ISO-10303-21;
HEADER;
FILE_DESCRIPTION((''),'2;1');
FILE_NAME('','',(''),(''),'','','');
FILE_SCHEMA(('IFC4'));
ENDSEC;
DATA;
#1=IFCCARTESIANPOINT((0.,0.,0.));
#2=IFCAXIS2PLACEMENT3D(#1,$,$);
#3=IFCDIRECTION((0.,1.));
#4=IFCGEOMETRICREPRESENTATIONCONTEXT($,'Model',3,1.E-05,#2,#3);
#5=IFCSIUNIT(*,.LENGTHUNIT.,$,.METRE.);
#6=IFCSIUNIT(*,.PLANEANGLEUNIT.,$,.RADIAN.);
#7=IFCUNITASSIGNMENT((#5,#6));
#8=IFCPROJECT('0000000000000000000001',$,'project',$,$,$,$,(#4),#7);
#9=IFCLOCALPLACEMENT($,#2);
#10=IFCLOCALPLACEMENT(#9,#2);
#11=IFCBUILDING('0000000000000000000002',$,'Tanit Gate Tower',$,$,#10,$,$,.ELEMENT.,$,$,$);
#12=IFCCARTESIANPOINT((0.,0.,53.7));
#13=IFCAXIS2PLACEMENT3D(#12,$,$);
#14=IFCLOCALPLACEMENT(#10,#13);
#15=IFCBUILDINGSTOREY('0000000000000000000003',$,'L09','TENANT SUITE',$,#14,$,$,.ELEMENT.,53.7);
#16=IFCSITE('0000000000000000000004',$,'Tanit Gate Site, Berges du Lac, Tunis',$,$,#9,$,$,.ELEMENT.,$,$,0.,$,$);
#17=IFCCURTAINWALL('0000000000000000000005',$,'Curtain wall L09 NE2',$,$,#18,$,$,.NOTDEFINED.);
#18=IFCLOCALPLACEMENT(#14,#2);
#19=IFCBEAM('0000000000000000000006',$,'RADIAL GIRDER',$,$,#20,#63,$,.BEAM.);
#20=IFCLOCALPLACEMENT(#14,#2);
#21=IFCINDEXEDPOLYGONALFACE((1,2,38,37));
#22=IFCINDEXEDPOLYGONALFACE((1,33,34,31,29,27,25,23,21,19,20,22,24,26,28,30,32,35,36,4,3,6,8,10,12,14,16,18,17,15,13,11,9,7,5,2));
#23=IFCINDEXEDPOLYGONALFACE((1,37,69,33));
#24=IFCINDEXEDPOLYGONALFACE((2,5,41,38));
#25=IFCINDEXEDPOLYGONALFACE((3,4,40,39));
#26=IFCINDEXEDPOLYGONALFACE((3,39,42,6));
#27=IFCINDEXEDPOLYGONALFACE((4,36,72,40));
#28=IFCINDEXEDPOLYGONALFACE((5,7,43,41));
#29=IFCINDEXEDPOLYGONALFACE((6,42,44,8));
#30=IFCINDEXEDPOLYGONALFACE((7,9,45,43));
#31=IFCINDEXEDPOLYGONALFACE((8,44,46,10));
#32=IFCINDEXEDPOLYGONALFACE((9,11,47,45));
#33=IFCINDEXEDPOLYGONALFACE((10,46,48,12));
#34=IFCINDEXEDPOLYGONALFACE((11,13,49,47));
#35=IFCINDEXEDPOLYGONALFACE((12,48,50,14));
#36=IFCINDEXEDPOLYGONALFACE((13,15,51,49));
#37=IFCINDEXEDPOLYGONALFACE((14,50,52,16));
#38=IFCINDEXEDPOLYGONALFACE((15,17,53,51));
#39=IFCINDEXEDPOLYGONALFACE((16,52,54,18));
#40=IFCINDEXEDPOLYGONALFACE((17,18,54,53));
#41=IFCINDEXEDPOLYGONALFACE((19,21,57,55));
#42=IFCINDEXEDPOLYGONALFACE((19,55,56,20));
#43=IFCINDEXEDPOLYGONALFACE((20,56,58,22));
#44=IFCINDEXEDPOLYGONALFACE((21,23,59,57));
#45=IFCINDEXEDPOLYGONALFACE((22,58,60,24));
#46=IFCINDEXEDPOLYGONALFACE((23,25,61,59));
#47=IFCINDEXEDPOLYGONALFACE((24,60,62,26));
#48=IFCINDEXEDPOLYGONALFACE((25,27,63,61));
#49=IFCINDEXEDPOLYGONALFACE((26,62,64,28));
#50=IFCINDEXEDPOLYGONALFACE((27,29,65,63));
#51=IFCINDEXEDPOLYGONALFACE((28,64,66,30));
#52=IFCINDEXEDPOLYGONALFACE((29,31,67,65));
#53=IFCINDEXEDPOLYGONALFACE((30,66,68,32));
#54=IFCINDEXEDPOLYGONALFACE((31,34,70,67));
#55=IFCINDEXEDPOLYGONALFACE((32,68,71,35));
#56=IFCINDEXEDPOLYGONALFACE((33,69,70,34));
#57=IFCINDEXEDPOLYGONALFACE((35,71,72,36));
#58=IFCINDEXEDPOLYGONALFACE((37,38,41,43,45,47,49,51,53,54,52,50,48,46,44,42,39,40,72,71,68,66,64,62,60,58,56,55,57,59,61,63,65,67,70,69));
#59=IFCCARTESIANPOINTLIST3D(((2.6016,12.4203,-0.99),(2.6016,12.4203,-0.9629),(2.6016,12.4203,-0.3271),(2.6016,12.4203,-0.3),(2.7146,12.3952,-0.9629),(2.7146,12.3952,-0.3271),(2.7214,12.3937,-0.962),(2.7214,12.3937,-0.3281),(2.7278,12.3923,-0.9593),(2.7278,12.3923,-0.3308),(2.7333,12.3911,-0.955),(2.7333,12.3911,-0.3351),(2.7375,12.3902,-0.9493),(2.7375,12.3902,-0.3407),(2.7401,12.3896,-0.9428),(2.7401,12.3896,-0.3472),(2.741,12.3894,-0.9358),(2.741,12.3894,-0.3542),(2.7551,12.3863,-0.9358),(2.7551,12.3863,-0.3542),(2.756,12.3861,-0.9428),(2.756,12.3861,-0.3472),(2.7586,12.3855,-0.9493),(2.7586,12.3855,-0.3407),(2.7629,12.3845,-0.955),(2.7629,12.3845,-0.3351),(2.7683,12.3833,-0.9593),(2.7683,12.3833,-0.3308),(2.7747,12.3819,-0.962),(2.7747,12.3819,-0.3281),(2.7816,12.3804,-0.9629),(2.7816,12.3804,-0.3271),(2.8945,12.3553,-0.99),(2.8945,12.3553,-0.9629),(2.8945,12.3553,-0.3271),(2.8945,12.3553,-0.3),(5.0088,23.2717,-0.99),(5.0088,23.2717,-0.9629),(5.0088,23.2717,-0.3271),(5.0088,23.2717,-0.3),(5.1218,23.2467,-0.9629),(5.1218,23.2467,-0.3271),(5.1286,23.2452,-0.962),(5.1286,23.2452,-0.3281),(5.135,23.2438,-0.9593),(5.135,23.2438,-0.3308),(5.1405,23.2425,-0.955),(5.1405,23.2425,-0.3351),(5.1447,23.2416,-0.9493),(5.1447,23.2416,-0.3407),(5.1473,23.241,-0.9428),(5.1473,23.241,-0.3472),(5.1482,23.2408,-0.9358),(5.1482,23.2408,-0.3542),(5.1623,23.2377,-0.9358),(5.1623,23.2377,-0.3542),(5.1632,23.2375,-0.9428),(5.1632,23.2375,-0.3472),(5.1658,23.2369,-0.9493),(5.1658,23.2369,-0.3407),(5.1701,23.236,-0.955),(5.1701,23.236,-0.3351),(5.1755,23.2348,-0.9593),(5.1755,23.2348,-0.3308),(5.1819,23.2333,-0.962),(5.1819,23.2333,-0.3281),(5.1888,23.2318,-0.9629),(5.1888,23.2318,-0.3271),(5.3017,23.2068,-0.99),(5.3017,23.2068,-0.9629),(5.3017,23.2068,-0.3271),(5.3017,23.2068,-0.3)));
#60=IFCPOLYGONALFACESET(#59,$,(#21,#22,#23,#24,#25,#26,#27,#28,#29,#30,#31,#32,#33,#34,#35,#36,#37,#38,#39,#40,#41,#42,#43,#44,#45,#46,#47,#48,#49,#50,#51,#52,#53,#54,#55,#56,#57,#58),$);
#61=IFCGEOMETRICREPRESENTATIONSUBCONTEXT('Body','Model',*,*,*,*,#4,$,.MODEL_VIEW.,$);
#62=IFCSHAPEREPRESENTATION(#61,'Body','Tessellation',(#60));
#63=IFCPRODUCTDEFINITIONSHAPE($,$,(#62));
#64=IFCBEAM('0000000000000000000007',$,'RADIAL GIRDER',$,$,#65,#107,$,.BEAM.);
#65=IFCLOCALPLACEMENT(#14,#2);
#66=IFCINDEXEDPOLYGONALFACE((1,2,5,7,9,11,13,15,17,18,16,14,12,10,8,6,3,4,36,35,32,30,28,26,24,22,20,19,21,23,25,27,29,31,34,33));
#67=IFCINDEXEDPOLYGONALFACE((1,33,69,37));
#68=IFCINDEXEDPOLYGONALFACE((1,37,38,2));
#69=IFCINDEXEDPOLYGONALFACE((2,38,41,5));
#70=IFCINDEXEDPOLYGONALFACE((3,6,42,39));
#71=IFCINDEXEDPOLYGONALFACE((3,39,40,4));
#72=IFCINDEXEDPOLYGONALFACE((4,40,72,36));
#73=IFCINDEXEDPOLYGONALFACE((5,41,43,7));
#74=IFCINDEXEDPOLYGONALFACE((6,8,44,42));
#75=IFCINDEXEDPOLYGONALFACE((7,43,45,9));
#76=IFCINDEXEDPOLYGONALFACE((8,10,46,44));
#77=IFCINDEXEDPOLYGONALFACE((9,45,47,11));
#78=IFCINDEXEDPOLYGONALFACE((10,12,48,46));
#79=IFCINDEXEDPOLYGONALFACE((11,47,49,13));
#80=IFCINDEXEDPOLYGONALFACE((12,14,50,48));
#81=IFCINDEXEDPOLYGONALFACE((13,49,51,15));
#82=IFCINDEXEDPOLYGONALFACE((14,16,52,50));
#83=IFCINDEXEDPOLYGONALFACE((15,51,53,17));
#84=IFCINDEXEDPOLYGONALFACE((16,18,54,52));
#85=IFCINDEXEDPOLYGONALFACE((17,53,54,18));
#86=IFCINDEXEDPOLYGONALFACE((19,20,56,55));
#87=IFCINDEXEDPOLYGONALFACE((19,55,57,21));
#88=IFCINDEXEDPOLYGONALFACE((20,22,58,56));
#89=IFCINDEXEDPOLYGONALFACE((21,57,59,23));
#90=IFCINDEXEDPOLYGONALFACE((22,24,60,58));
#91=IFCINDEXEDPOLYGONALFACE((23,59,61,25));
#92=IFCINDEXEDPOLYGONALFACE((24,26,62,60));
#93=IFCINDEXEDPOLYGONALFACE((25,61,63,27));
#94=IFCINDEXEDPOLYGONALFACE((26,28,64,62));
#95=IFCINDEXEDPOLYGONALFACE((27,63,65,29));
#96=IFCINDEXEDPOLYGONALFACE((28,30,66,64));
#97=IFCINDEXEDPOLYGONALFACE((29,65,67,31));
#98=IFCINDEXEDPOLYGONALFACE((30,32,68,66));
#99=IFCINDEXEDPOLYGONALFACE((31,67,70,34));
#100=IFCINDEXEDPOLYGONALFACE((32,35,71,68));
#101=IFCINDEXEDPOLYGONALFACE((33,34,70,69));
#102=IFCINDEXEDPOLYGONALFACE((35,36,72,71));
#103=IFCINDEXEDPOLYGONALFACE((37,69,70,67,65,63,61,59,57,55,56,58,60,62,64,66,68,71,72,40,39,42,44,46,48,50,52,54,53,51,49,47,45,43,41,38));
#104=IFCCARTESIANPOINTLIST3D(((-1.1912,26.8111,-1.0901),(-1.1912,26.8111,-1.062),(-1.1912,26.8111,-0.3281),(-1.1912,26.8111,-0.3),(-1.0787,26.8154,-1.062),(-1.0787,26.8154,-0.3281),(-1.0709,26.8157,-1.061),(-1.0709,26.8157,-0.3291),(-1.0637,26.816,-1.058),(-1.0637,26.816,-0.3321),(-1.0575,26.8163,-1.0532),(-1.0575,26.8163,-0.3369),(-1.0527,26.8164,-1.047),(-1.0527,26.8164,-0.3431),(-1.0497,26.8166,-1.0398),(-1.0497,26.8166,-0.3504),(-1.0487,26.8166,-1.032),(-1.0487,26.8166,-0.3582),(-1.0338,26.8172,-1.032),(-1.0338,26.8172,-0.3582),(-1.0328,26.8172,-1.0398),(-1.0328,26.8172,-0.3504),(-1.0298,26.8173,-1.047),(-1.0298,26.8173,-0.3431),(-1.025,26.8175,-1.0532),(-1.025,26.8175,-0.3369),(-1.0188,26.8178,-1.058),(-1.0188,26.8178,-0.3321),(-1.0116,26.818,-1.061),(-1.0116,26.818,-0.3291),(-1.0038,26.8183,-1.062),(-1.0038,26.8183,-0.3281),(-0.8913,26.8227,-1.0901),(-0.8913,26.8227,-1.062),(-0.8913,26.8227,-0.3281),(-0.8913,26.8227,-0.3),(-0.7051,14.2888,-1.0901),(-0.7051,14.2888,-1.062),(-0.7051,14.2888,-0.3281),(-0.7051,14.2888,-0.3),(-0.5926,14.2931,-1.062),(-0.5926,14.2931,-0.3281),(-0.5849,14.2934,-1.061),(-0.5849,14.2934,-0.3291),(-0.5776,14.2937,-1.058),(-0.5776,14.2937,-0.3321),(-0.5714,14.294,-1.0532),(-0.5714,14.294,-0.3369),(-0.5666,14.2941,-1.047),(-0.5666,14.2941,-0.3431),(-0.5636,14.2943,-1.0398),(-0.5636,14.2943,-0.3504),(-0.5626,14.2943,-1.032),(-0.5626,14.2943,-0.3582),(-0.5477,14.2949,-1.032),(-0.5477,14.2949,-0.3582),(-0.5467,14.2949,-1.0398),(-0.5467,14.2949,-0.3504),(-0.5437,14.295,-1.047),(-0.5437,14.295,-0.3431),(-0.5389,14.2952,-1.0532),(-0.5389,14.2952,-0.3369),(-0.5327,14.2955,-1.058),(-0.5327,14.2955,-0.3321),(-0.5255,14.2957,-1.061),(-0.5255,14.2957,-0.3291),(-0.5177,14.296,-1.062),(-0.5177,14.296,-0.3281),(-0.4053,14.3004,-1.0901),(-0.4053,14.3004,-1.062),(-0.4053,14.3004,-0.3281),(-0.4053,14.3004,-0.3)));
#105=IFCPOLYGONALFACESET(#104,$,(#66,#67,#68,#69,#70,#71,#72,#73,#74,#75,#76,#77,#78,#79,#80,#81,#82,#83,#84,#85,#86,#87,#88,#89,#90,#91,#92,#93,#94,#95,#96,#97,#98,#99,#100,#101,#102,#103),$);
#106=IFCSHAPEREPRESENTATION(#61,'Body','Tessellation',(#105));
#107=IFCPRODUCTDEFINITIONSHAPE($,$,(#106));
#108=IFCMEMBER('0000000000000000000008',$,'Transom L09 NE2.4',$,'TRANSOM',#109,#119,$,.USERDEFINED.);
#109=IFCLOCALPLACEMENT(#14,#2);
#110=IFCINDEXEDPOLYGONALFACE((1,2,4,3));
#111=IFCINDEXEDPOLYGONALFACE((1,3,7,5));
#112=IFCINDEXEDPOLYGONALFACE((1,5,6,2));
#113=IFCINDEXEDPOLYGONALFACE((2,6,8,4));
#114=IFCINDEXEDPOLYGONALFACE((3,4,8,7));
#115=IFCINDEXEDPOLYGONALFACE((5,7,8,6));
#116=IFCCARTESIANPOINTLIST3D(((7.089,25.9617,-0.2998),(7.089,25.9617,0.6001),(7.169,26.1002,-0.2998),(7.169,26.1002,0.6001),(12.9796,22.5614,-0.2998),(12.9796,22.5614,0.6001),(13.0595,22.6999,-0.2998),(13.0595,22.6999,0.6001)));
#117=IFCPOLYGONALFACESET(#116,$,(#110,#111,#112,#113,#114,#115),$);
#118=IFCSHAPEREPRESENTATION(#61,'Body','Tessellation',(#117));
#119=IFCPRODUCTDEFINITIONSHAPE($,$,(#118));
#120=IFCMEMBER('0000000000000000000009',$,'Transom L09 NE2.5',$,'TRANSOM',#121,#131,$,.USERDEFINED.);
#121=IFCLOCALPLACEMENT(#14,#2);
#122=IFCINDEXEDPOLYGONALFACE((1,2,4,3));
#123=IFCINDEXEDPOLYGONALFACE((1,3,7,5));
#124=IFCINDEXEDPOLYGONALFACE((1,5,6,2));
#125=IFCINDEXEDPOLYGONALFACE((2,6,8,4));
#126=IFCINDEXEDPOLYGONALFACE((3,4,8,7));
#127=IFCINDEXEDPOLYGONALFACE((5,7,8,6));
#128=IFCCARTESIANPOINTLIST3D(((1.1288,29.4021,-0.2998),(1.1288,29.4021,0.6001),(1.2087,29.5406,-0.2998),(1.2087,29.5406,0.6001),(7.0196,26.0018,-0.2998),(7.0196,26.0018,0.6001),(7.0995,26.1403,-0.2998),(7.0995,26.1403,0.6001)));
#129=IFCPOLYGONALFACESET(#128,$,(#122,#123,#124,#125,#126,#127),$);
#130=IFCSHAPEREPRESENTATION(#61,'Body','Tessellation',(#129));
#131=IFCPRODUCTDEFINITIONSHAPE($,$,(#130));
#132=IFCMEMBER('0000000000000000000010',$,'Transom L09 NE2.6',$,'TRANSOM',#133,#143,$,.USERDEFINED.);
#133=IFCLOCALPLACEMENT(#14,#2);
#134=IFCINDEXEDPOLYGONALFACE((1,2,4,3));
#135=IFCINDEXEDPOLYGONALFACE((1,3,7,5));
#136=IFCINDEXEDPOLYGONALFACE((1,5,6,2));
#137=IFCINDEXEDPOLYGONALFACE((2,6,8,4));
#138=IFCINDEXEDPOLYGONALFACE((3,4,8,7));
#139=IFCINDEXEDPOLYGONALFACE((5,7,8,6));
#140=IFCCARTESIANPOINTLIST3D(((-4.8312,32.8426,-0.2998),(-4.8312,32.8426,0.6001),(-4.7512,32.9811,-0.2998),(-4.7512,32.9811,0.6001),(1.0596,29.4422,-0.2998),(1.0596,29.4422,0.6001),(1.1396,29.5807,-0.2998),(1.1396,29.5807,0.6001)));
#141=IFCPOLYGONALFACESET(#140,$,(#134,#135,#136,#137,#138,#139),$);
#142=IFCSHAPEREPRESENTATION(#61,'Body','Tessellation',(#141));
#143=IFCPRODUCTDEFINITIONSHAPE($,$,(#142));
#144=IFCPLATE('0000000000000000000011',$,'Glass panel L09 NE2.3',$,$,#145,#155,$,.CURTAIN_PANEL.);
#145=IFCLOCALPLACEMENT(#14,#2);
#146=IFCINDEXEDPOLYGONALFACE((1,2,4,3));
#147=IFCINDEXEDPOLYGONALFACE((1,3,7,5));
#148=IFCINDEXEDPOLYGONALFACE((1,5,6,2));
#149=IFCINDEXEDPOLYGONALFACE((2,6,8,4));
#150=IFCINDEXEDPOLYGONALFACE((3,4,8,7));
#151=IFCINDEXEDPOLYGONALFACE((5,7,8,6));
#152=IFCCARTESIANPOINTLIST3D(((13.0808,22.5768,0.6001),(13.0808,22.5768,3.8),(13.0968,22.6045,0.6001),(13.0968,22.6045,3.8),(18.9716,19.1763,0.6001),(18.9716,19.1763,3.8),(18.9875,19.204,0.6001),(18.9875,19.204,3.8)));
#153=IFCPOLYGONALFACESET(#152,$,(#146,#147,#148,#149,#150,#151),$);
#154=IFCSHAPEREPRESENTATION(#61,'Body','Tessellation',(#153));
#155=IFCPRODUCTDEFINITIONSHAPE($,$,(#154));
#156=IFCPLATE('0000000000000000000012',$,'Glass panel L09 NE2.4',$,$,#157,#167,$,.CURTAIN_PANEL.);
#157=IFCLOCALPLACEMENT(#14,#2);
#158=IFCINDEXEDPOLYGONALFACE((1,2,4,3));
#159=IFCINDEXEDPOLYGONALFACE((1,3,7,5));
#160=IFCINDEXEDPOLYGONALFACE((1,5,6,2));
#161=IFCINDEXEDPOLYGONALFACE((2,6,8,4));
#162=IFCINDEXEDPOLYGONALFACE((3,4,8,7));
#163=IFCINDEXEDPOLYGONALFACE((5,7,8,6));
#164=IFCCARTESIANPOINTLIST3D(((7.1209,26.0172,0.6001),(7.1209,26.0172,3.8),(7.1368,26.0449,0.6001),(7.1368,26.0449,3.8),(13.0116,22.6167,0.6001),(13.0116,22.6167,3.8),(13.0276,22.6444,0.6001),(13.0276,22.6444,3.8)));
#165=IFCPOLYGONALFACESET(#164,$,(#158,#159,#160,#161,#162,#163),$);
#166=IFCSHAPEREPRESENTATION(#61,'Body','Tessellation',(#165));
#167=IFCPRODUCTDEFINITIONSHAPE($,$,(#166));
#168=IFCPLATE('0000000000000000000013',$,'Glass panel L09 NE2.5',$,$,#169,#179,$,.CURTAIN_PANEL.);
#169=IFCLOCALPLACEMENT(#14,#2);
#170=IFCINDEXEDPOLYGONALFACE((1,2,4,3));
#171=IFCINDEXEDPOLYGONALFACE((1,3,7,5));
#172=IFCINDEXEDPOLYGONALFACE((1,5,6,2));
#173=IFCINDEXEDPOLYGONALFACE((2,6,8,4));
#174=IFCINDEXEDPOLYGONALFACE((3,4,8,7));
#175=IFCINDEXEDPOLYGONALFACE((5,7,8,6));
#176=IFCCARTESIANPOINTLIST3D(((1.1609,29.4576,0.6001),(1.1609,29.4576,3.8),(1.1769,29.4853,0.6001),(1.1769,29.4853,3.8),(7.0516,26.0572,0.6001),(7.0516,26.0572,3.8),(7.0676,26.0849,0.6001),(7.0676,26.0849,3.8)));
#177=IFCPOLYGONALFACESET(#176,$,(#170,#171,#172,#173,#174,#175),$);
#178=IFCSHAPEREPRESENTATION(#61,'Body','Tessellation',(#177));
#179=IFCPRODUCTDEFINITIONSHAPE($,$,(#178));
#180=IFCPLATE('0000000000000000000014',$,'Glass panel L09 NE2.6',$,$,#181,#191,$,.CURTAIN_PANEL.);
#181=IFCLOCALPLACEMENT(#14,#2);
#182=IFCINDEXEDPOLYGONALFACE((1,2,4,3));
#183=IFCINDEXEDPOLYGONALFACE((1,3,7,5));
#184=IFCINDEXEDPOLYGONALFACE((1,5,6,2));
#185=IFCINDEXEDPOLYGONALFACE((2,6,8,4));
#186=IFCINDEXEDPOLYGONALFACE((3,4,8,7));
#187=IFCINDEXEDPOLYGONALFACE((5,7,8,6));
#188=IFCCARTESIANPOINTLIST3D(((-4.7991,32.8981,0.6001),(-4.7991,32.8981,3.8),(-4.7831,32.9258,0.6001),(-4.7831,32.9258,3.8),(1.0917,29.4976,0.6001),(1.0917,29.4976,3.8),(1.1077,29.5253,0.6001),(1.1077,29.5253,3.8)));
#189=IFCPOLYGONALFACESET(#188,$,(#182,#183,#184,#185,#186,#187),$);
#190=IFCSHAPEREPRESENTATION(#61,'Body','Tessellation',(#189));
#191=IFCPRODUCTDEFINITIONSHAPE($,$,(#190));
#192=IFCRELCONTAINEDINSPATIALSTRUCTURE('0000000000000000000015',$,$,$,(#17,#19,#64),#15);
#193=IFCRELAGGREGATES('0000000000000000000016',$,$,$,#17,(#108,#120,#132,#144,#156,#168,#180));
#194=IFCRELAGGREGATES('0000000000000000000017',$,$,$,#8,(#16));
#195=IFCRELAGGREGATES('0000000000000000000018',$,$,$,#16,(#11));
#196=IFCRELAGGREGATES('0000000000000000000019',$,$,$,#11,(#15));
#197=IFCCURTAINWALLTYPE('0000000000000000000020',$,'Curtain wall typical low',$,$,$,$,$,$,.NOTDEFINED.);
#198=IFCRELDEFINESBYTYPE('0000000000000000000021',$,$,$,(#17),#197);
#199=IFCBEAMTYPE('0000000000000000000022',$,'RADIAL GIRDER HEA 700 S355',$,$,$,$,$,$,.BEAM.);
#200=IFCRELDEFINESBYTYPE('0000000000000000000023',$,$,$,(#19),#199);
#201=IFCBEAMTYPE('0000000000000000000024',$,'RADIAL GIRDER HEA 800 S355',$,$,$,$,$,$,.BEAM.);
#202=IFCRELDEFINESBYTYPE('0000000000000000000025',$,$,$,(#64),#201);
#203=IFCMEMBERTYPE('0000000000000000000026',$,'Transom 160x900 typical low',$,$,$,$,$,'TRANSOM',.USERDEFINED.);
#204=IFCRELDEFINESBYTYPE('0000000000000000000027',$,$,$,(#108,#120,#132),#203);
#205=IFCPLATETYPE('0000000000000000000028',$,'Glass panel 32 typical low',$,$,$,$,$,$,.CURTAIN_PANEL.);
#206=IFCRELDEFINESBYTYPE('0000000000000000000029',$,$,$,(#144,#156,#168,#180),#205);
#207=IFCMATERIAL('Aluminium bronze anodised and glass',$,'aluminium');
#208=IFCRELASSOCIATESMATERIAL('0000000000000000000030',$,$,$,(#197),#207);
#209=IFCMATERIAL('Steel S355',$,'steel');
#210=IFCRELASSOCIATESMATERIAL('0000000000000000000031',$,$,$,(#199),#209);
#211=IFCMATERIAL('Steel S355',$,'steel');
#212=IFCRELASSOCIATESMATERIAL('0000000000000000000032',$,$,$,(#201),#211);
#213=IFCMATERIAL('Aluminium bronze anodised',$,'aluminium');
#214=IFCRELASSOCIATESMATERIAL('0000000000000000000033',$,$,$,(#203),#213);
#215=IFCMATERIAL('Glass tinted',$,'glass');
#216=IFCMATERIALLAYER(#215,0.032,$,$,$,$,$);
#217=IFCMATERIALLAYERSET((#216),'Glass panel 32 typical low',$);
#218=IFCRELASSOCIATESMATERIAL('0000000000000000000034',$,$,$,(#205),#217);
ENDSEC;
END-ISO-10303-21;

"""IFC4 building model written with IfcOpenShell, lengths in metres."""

from ifc_helpers import new_model, si_unit, direction, frame, origin, origin_2d, place, context, subcontext, project, spatial, rectangle, i_section, extrude, material, layer, layer_set, material_profile, profile_set, type_object, element, aggregate, save


model = new_model("IFC4")

# Units and contexts
model_context = context("Model", 3, precision=1e-05, world=origin(), true_north=direction((0.0, 1.0)))
body_context = subcontext(model_context, "Body", "Model", "MODEL_VIEW")
ifc_project = project(units=[si_unit("LENGTHUNIT", "METRE"), si_unit("PLANEANGLEUNIT", "RADIAN")], contexts=[model_context])

# Site, building, storey
site_placement = place(None, origin())
site = spatial("IfcSite", under=ifc_project, at=site_placement, Name="Tanit Gate Site, Berges du Lac, Tunis", CompositionType="ELEMENT", RefElevation=0.0)
building_placement = place(site_placement, origin())
building = spatial("IfcBuilding", under=site, at=building_placement, Name="Tanit Gate Tower", CompositionType="ELEMENT")
storey_placement = place(building_placement, frame((0.0, 0.0, 53.7)))
storey = spatial("IfcBuildingStorey", under=building, at=storey_placement, Name="L09", Description="TENANT SUITE", CompositionType="ELEMENT", Elevation=53.7)

# Curtain wall
ifc_material_1 = material(Name="Aluminium bronze anodised and glass", Category="aluminium")
curtain_wall_type = type_object("IfcCurtainWallType", Name="Curtain wall typical low", PredefinedType="NOTDEFINED", material=ifc_material_1)
curtain_wall_placement = place(storey_placement, origin())
curtain_wall = element("IfcCurtainWall", 1, at=curtain_wall_placement, inside=storey, type_object=curtain_wall_type, Name="Curtain wall L09 NE2", PredefinedType="NOTDEFINED")

# Beams
ifc_material_2 = material(Name="Steel S355", Category="steel")
ifc_material_profile_1 = material_profile(ifc_material_2, i_section(OverallWidth=0.3, OverallDepth=0.6899, WebThickness=0.0144, FlangeThickness=0.0271, FilletRadius=0.0271, at=origin_2d()), Name="HEA 700")
ifc_profile_set_1 = profile_set([ifc_material_profile_1], Name="Steel S355")
beam_type_1 = type_object("IfcBeamType", Name="RADIAL GIRDER HEA 700 S355", PredefinedType="BEAM", material=ifc_profile_set_1)
beam_1_placement = place(storey_placement, frame((5.1553, 23.2393, -0.645), z_axis=(-0.216568, -0.976268, 0.0), x_axis=(0.976268, -0.216568, 0.0)))
element("IfcBeam", 2, at=beam_1_placement, inside=storey, type_object=beam_type_1, Name="RADIAL GIRDER", PredefinedType="BEAM", context=body_context, shape_type="SweptSolid", body=[
    extrude(i_section(OverallWidth=0.3, OverallDepth=0.6899, WebThickness=0.0144, FlangeThickness=0.0271, FilletRadius=0.0271, at=origin_2d()), origin(), (0.0, 0.0, 1.0), 11.1152),
])
ifc_material_3 = material(Name="Steel S355", Category="steel")
ifc_material_profile_2 = material_profile(ifc_material_3, i_section(OverallWidth=0.3, OverallDepth=0.79, WebThickness=0.0149, FlangeThickness=0.0281, FilletRadius=0.03, at=origin_2d()), Name="HEA 800")
ifc_profile_set_2 = profile_set([ifc_material_profile_2], Name="Steel S355")
beam_type_2 = type_object("IfcBeamType", Name="RADIAL GIRDER HEA 800 S355", PredefinedType="BEAM", material=ifc_profile_set_2)
beam_2_placement = place(storey_placement, frame((-1.0413, 26.8169, -0.6951), z_axis=(0.038789, -0.999247, 0.0), x_axis=(0.999247, 0.038789, 0.0)))
element("IfcBeam", 3, at=beam_2_placement, inside=storey, type_object=beam_type_2, Name="RADIAL GIRDER", PredefinedType="BEAM", context=body_context, shape_type="SweptSolid", body=[
    extrude(i_section(OverallWidth=0.3, OverallDepth=0.79, WebThickness=0.0149, FlangeThickness=0.0281, FilletRadius=0.03, at=origin_2d()), origin(), (0.0, 0.0, 1.0), 12.5317),
])

# Members
ifc_material_4 = material(Name="Aluminium bronze anodised", Category="aluminium")
ifc_material_profile_3 = material_profile(ifc_material_4, rectangle(XDim=0.1599, YDim=0.8999, at=origin_2d()), Name="160x900 bronze transom")
ifc_profile_set_3 = profile_set([ifc_material_profile_3], Name="Aluminium bronze anodised")
member_type_1 = type_object("IfcMemberType", Name="Transom 160x900 typical low", ElementType="TRANSOM", PredefinedType="USERDEFINED", material=ifc_profile_set_3)
member_1_placement = place(storey_placement, frame((13.0195, 22.6306, 0.1501), z_axis=(-0.866061, 0.499938, 0.0), x_axis=(-0.499938, -0.866061, 0.0)))
member_1 = element("IfcMember", 4, at=member_1_placement, type_object=member_type_1, Name="Transom L09 NE2.4", ObjectType="TRANSOM", PredefinedType="USERDEFINED", context=body_context, shape_type="SweptSolid", body=[
    extrude(rectangle(XDim=0.1599, YDim=0.8999, at=origin_2d()), origin(), (0.0, 0.0, 1.0), 6.8015),
])
member_2_placement = place(storey_placement, frame((7.0596, 26.071, 0.1501), z_axis=(-0.86607, 0.499922, 0.0), x_axis=(-0.499922, -0.86607, 0.0)))
member_2 = element("IfcMember", 5, at=member_2_placement, type_object=member_type_1, Name="Transom L09 NE2.5", ObjectType="TRANSOM", PredefinedType="USERDEFINED", context=body_context, shape_type="SweptSolid", body=[
    extrude(rectangle(XDim=0.1599, YDim=0.8999, at=origin_2d()), origin(), (0.0, 0.0, 1.0), 6.8018),
])
member_3_placement = place(storey_placement, frame((1.0996, 29.5115, 0.1501), z_axis=(-0.86607, 0.499922, 0.0), x_axis=(-0.499922, -0.86607, 0.0)))
member_3 = element("IfcMember", 6, at=member_3_placement, type_object=member_type_1, Name="Transom L09 NE2.6", ObjectType="TRANSOM", PredefinedType="USERDEFINED", context=body_context, shape_type="SweptSolid", body=[
    extrude(rectangle(XDim=0.1599, YDim=0.8999, at=origin_2d()), origin(), (0.0, 0.0, 1.0), 6.8018),
])

# Plates
ifc_material_5 = material(Name="Glass tinted", Category="glass")
ifc_layer_1 = layer(ifc_material_5, 0.032)
ifc_layer_set_1 = layer_set([ifc_layer_1], Name="Glass panel 32 typical low")
plate_type = type_object("IfcPlateType", Name="Glass panel 32 typical low", PredefinedType="CURTAIN_PANEL", material=ifc_layer_set_1)
plate_1_placement = place(storey_placement, frame((16.0342, 20.8904, 0.6001), z_axis=(0.0, 0.0, 1.0), x_axis=(-0.86606, 0.49994, 0.0)))
plate_1 = element("IfcPlate", 7, at=plate_1_placement, type_object=plate_type, Name="Glass panel L09 NE2.3", PredefinedType="CURTAIN_PANEL", context=body_context, shape_type="SweptSolid", body=[
    extrude(rectangle(XDim=6.8018, YDim=0.032, at=origin_2d()), origin(), (0.0, 0.0, 1.0), 3.2),
])
plate_2_placement = place(storey_placement, frame((10.0742, 24.3308, 0.6001), z_axis=(0.0, 0.0, 1.0), x_axis=(-0.86606, 0.49994, 0.0)))
plate_2 = element("IfcPlate", 8, at=plate_2_placement, type_object=plate_type, Name="Glass panel L09 NE2.4", PredefinedType="CURTAIN_PANEL", context=body_context, shape_type="SweptSolid", body=[
    extrude(rectangle(XDim=6.8018, YDim=0.032, at=origin_2d()), origin(), (0.0, 0.0, 1.0), 3.2),
])
plate_3_placement = place(storey_placement, frame((4.1143, 27.7712, 0.6001), z_axis=(0.0, 0.0, 1.0), x_axis=(-0.86606, 0.49994, 0.0)))
plate_3 = element("IfcPlate", 9, at=plate_3_placement, type_object=plate_type, Name="Glass panel L09 NE2.5", PredefinedType="CURTAIN_PANEL", context=body_context, shape_type="SweptSolid", body=[
    extrude(rectangle(XDim=6.8018, YDim=0.032, at=origin_2d()), origin(), (0.0, 0.0, 1.0), 3.2),
])
plate_4_placement = place(storey_placement, frame((-1.8457, 31.2117, 0.6001), z_axis=(0.0, 0.0, 1.0), x_axis=(-0.86606, 0.49994, 0.0)))
plate_4 = element("IfcPlate", 10, at=plate_4_placement, type_object=plate_type, Name="Glass panel L09 NE2.6", PredefinedType="CURTAIN_PANEL", context=body_context, shape_type="SweptSolid", body=[
    extrude(rectangle(XDim=6.8018, YDim=0.032, at=origin_2d()), origin(), (0.0, 0.0, 1.0), 3.2),
])
aggregate(curtain_wall, [member_1, member_2, member_3, plate_1, plate_2, plate_3, plate_4])

save(model, "model.ifc")
